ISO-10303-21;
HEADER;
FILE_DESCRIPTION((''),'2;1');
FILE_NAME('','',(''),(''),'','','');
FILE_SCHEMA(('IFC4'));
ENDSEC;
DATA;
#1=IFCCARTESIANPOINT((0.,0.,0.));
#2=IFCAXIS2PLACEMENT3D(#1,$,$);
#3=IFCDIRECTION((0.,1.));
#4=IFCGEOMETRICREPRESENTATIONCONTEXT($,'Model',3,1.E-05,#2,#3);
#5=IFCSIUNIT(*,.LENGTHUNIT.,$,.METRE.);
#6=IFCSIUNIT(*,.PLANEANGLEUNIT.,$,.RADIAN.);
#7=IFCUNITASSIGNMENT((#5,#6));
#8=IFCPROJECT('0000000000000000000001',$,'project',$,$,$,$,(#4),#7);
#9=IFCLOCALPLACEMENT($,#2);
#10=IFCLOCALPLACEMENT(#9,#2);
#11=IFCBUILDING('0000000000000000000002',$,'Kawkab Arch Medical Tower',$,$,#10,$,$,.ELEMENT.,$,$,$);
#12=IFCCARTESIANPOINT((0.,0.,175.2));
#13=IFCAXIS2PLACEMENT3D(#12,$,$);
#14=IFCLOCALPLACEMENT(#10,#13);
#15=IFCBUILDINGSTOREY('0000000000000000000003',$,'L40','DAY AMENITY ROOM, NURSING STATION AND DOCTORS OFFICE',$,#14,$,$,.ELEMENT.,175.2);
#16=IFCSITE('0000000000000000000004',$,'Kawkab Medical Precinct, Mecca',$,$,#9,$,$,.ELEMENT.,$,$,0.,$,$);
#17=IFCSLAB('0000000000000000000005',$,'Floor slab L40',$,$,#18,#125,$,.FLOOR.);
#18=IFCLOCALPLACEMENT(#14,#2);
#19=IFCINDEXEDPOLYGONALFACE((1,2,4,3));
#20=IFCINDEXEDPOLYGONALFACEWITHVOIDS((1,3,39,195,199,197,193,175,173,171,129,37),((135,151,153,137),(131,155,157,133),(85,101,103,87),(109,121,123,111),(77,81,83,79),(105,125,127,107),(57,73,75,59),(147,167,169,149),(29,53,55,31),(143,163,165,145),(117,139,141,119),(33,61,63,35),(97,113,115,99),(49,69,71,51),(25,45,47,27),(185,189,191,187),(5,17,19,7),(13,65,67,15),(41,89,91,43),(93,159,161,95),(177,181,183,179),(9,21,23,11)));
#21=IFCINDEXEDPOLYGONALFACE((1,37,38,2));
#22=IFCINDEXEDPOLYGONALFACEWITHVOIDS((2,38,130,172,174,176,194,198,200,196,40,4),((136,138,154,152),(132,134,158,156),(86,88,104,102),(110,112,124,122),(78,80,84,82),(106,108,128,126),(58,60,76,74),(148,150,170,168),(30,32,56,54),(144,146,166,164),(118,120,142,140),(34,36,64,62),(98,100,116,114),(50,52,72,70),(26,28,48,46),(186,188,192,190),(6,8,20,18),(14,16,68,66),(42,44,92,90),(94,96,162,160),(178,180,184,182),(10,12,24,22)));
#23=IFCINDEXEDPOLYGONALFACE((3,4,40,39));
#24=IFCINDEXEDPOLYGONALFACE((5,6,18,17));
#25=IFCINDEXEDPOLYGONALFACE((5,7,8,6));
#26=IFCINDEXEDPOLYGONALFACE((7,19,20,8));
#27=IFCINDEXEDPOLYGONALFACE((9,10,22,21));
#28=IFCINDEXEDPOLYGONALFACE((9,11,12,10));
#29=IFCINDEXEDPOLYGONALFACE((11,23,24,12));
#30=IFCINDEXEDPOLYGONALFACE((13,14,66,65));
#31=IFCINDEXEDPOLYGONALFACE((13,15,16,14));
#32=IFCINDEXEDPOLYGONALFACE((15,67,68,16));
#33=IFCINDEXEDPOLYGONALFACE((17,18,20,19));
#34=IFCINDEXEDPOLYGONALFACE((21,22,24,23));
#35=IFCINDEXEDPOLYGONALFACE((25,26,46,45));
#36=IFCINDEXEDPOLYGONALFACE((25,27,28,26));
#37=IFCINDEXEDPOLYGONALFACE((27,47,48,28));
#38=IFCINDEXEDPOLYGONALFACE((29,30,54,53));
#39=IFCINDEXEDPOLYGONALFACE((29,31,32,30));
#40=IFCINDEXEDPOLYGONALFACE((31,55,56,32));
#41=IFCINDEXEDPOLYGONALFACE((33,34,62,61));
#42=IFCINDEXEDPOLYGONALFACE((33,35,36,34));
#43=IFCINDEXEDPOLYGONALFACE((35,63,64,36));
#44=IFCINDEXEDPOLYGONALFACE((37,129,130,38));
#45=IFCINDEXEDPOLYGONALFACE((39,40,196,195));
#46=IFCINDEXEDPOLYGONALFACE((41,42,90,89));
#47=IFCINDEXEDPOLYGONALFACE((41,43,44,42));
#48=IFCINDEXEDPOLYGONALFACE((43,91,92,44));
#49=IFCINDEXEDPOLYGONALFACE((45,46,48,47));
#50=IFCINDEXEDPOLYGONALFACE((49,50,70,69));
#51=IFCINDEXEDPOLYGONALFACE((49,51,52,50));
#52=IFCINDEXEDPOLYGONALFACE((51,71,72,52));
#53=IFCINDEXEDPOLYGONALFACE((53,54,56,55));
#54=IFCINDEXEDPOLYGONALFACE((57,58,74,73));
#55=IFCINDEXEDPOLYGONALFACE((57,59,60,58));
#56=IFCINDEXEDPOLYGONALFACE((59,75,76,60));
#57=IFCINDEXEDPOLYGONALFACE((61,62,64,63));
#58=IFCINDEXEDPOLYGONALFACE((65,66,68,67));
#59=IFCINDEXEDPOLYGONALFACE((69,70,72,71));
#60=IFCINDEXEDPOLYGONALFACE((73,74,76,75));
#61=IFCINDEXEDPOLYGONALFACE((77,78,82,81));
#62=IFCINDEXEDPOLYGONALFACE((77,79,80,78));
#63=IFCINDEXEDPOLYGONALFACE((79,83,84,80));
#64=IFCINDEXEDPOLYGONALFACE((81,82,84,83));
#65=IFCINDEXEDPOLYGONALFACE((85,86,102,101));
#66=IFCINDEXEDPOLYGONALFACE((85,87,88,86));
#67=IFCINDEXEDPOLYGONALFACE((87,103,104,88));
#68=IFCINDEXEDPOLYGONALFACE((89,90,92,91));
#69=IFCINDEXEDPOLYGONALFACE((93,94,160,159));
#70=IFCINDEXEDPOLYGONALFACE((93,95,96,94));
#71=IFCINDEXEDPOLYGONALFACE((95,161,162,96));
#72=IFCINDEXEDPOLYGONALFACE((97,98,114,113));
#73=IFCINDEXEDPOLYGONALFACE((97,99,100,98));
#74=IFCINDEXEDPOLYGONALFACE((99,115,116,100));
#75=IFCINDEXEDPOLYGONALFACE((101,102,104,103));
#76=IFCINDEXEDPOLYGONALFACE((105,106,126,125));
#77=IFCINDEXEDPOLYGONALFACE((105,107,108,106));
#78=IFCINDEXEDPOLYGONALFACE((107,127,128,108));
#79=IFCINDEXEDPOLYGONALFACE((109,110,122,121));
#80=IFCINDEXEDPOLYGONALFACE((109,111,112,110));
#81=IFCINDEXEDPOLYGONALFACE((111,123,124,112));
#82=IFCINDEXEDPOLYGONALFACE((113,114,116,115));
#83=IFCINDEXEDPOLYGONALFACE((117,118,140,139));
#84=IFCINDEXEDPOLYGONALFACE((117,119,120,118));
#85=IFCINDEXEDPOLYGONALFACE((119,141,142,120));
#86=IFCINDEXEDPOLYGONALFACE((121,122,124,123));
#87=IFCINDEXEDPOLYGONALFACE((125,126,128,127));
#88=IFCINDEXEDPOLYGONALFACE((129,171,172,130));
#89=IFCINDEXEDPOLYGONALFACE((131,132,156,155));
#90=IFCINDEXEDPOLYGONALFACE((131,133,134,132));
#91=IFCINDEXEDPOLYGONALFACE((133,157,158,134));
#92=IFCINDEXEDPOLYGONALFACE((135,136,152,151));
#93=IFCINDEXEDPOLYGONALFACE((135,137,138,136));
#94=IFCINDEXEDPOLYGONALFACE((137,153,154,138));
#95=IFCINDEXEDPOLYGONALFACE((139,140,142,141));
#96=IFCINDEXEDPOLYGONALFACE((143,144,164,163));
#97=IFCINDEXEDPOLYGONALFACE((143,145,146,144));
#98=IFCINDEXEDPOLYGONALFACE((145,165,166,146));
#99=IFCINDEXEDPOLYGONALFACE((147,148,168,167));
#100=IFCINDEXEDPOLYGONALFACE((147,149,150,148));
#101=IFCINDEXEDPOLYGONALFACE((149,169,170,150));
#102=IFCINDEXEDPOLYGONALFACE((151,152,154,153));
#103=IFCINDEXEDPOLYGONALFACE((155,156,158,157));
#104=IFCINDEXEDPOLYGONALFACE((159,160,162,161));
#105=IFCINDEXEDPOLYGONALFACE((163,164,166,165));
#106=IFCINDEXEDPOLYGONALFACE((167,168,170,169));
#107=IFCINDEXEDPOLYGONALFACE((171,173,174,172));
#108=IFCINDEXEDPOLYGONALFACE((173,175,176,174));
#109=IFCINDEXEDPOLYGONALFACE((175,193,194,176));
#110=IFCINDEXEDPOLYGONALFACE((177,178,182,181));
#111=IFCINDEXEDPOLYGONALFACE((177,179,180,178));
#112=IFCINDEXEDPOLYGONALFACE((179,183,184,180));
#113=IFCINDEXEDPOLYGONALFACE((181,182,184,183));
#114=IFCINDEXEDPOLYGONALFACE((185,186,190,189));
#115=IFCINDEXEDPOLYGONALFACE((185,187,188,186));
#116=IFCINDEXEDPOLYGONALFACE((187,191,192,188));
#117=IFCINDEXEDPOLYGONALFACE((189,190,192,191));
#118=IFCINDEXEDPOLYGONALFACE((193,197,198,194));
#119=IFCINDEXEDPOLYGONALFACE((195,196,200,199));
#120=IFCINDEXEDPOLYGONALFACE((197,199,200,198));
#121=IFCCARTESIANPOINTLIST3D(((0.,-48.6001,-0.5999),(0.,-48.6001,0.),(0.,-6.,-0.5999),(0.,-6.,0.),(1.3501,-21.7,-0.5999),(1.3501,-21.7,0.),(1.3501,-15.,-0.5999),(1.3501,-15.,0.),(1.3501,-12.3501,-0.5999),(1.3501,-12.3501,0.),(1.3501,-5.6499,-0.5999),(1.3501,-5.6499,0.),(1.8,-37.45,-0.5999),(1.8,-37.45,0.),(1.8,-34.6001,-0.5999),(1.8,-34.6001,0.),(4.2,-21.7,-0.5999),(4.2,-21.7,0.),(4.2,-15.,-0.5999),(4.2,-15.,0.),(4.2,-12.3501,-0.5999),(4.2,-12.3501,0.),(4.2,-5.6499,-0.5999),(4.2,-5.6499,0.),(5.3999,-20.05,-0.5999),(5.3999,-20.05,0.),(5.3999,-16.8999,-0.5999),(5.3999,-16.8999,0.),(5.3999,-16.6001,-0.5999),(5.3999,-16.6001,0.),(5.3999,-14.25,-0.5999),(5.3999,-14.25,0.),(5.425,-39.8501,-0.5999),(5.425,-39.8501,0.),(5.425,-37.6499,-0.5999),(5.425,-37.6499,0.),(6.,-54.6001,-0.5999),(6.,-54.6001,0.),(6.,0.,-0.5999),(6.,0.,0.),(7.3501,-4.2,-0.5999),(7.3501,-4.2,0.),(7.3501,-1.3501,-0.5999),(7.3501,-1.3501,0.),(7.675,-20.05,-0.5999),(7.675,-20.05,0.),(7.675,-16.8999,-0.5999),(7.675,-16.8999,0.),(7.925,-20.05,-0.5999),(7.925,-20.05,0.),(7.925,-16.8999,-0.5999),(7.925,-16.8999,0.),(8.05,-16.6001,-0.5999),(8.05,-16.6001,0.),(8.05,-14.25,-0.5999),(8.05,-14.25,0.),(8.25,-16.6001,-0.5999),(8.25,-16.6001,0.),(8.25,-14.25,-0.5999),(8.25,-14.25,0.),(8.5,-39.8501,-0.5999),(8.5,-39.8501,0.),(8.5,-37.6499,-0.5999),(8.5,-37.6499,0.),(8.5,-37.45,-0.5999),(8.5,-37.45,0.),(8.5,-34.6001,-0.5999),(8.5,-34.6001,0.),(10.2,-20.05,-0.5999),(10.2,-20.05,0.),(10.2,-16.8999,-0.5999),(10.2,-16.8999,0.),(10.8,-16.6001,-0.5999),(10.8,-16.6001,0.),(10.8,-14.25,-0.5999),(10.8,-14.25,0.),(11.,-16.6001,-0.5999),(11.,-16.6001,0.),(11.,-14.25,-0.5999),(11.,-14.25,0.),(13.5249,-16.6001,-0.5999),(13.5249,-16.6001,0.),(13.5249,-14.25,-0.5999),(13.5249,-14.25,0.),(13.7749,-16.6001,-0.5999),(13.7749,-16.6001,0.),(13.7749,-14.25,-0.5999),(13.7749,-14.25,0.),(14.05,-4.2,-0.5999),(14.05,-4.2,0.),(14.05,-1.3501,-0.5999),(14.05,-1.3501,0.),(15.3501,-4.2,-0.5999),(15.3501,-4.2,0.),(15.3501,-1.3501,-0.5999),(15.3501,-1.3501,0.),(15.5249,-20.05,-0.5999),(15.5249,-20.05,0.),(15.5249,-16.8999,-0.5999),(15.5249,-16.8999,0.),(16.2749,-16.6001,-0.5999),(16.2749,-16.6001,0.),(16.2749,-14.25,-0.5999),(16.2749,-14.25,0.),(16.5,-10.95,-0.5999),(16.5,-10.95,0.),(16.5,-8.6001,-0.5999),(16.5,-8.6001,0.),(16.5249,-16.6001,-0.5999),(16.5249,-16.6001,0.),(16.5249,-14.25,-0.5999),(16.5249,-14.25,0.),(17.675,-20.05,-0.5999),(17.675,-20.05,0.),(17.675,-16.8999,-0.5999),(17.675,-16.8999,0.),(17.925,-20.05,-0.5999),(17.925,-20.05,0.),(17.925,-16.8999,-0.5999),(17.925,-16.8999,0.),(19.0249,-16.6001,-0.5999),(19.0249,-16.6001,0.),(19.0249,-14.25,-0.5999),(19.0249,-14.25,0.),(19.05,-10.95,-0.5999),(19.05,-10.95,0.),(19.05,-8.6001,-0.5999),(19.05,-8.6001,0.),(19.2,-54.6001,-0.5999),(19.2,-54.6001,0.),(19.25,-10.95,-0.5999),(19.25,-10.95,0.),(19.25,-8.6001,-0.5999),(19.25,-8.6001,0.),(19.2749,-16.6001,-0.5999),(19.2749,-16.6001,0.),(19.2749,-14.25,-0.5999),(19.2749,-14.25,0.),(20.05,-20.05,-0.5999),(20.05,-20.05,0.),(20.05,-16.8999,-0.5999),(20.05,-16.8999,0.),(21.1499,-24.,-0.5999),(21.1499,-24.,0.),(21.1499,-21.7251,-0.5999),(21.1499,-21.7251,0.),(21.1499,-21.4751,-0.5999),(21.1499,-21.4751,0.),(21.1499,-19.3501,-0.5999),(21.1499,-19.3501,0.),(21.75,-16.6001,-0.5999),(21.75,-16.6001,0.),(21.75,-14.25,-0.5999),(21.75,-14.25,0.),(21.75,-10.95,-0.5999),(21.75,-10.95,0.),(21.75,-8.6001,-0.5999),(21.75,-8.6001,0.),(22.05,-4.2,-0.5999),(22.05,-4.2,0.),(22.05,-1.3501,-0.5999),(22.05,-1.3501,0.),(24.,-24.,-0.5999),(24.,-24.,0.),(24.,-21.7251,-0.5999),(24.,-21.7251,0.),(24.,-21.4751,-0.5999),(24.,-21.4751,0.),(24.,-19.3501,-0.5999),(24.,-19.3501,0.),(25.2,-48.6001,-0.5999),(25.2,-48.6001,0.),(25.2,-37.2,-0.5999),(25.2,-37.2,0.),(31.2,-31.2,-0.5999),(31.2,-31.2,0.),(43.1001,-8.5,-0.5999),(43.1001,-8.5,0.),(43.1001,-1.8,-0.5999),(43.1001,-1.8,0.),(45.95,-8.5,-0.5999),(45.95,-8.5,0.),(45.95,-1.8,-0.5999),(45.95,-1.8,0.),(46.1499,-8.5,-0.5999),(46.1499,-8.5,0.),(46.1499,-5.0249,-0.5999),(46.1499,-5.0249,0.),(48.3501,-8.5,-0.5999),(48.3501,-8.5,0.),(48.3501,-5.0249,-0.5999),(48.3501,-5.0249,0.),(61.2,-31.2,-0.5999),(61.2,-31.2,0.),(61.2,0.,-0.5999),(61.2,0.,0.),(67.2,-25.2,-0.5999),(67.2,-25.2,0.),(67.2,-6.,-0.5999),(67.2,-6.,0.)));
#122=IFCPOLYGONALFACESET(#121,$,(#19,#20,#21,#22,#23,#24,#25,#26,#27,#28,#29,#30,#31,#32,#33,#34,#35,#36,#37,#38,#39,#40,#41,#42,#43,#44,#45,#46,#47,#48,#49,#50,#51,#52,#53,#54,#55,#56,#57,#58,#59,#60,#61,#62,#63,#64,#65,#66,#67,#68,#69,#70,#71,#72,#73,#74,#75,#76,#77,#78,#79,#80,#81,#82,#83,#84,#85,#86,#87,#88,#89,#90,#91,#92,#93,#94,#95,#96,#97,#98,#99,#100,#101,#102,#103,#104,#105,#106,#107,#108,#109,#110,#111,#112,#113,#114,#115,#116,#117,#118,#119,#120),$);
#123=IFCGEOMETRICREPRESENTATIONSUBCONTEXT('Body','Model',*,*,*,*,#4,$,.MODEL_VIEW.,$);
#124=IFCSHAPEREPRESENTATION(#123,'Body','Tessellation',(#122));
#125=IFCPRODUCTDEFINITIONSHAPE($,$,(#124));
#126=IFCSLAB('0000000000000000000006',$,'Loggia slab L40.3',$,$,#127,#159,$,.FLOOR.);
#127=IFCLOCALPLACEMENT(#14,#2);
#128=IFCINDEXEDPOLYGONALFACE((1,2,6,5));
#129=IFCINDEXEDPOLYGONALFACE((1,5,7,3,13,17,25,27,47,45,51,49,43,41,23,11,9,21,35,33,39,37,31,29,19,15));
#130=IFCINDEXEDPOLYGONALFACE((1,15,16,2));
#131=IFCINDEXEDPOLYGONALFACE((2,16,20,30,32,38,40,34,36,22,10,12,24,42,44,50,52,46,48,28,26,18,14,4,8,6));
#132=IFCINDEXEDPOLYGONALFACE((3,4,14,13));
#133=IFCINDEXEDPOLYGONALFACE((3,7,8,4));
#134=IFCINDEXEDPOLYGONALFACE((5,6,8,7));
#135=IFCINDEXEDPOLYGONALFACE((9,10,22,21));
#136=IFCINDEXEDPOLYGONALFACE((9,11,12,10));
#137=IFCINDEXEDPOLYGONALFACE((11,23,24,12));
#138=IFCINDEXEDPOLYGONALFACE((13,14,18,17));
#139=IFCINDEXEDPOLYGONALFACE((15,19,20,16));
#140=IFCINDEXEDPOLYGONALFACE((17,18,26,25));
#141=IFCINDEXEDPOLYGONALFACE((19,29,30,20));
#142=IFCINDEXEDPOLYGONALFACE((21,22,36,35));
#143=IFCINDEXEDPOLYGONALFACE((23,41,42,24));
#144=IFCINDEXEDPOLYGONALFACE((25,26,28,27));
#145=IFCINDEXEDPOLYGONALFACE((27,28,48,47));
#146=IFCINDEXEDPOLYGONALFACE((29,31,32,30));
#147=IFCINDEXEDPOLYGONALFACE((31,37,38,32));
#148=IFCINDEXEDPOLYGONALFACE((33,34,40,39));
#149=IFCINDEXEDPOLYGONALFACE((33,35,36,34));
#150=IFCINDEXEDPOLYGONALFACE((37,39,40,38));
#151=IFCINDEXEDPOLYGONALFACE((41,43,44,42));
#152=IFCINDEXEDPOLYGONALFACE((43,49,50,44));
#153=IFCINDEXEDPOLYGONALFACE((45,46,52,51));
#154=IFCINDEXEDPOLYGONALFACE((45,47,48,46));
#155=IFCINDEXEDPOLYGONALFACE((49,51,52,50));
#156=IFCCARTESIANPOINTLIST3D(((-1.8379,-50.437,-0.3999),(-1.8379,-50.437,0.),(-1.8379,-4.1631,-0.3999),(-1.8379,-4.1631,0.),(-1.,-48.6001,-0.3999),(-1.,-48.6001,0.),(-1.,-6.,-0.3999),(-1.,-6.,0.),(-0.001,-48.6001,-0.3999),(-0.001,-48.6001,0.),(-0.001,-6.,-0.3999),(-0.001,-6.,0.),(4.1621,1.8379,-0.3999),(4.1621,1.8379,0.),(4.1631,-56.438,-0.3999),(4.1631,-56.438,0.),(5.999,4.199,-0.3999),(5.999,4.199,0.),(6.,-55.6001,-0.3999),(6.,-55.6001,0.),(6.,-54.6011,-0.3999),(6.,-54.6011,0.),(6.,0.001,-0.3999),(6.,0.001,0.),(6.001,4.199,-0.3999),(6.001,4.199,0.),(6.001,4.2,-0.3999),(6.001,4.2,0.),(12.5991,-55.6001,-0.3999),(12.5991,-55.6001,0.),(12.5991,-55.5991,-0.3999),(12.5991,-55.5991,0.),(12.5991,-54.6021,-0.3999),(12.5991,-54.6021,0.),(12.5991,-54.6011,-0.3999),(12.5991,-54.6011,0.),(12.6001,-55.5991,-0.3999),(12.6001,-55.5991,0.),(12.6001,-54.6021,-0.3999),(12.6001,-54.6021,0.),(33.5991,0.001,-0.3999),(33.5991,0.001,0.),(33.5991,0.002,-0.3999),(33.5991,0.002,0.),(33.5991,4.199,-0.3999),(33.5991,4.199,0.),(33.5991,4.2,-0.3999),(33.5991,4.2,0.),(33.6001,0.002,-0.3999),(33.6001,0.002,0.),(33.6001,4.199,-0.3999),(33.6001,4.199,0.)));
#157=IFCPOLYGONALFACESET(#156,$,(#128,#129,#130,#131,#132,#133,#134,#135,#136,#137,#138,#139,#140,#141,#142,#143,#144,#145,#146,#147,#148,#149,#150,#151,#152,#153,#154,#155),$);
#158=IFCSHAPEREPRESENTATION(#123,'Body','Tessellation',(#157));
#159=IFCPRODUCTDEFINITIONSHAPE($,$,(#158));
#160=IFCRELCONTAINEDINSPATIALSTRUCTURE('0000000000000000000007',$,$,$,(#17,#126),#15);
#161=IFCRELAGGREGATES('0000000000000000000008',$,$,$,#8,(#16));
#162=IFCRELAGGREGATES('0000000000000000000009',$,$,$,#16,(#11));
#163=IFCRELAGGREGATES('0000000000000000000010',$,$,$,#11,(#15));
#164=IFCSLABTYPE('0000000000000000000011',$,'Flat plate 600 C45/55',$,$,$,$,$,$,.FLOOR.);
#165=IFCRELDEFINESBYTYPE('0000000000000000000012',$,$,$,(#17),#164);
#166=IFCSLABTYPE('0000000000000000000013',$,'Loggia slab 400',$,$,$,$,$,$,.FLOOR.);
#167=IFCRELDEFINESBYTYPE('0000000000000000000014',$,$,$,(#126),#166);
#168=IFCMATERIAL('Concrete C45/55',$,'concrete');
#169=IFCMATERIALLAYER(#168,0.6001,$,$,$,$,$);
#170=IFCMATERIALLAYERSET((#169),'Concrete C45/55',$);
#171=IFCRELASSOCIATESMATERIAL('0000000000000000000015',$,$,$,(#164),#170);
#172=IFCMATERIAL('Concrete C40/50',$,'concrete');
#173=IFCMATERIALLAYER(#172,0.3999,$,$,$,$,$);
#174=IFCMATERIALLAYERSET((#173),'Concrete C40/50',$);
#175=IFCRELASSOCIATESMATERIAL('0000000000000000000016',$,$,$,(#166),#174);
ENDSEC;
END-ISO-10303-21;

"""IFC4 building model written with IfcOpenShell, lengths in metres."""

from ifc_helpers import new_model, si_unit, direction, frame, origin, place, context, subcontext, project, spatial, polyline, outline, extrude, material, layer, layer_set, type_object, element, save


model = new_model("IFC4")

# Units and contexts
model_context = context("Model", 3, precision=1e-05, world=origin(), true_north=direction((0.0, 1.0)))
body_context = subcontext(model_context, "Body", "Model", "MODEL_VIEW")
ifc_project = project(units=[si_unit("LENGTHUNIT", "METRE"), si_unit("PLANEANGLEUNIT", "RADIAN")], contexts=[model_context])

# Site, building, storey
site_placement = place(None, origin())
site = spatial("IfcSite", under=ifc_project, at=site_placement, Name="Kawkab Medical Precinct, Mecca", CompositionType="ELEMENT", RefElevation=0.0)
building_placement = place(site_placement, origin())
building = spatial("IfcBuilding", under=site, at=building_placement, Name="Kawkab Arch Medical Tower", CompositionType="ELEMENT")
storey_placement = place(building_placement, frame((0.0, 0.0, 175.2)))
storey = spatial("IfcBuildingStorey", under=building, at=storey_placement, Name="L40", Description="DAY AMENITY ROOM, NURSING STATION AND DOCTORS OFFICE", CompositionType="ELEMENT", Elevation=175.2)

# Slabs
ifc_material_1 = material(Name="Concrete C45/55", Category="concrete")
ifc_layer_1 = layer(ifc_material_1, 0.6001)
ifc_layer_set_1 = layer_set([ifc_layer_1], Name="Concrete C45/55")
slab_type_1 = type_object("IfcSlabType", Name="Flat plate 600 C45/55", PredefinedType="FLOOR", material=ifc_layer_set_1)
slab_1_placement = place(storey_placement, frame((0.0, 0.0, -0.5999)))
element("IfcSlab", 1, at=slab_1_placement, inside=storey, type_object=slab_type_1, Name="Floor slab L40", PredefinedType="FLOOR", context=body_context, shape_type="SweptSolid", body=[
    extrude(outline(polyline([(6.0, 0.0), (61.2, 0.0), (67.2, -6.0), (67.2, -25.2), (61.2, -31.2), (31.2, -31.2), (25.2, -37.2), (25.2, -48.6001), (19.2, -54.6001), (6.0, -54.6001), (0.0, -48.6001), (0.0, -6.0), (6.0, 0.0)]), holes=[polyline([(5.425, -37.6499), (5.425, -39.8501), (8.5, -39.8501), (8.5, -37.6499), (5.425, -37.6499)]), polyline([(8.5, -37.45), (8.5, -34.6001), (1.8, -34.6001), (1.8, -37.45), (8.5, -37.45)]), polyline([(5.3999, -20.05), (7.675, -20.05), (7.675, -16.8999), (5.3999, -16.8999), (5.3999, -20.05)]), polyline([(10.2, -20.05), (10.2, -16.8999), (7.925, -16.8999), (7.925, -20.05), (10.2, -20.05)]), polyline([(4.2, -21.7), (4.2, -15.0), (1.3501, -15.0), (1.3501, -21.7), (4.2, -21.7)]), polyline([(5.3999, -16.6001), (8.05, -16.6001), (8.05, -14.25), (5.3999, -14.25), (5.3999, -16.6001)]), polyline([(8.25, -14.25), (8.25, -16.6001), (10.8, -16.6001), (10.8, -14.25), (8.25, -14.25)]), polyline([(11.0, -14.25), (11.0, -16.6001), (13.5249, -16.6001), (13.5249, -14.25), (11.0, -14.25)]), polyline([(16.2749, -14.25), (13.7749, -14.25), (13.7749, -16.6001), (16.2749, -16.6001), (16.2749, -14.25)]), polyline([(4.2, -12.3501), (4.2, -5.6499), (1.3501, -5.6499), (1.3501, -12.3501), (4.2, -12.3501)]), polyline([(7.3501, -4.2), (14.05, -4.2), (14.05, -1.3501), (7.3501, -1.3501), (7.3501, -4.2)]), polyline([(24.0, -21.7251), (21.1499, -21.7251), (21.1499, -24.0), (24.0, -24.0), (24.0, -21.7251)]), polyline([(24.0, -19.3501), (21.1499, -19.3501), (21.1499, -21.4751), (24.0, -21.4751), (24.0, -19.3501)]), polyline([(17.675, -16.8999), (15.5249, -16.8999), (15.5249, -20.05), (17.675, -20.05), (17.675, -16.8999)]), polyline([(20.05, -16.8999), (17.925, -16.8999), (17.925, -20.05), (20.05, -20.05), (20.05, -16.8999)]), polyline([(16.5249, -16.6001), (19.0249, -16.6001), (19.0249, -14.25), (16.5249, -14.25), (16.5249, -16.6001)]), polyline([(21.75, -16.6001), (21.75, -14.25), (19.2749, -14.25), (19.2749, -16.6001), (21.75, -16.6001)]), polyline([(19.05, -10.95), (19.05, -8.6001), (16.5, -8.6001), (16.5, -10.95), (19.05, -10.95)]), polyline([(21.75, -10.95), (21.75, -8.6001), (19.25, -8.6001), (19.25, -10.95), (21.75, -10.95)]), polyline([(46.1499, -8.5), (48.3501, -8.5), (48.3501, -5.0249), (46.1499, -5.0249), (46.1499, -8.5)]), polyline([(43.1001, -1.8), (43.1001, -8.5), (45.95, -8.5), (45.95, -1.8), (43.1001, -1.8)]), polyline([(22.05, -1.3501), (15.3501, -1.3501), (15.3501, -4.2), (22.05, -4.2), (22.05, -1.3501)])]), origin(), (0.0, 0.0, 1.0), 0.5999),
])
ifc_material_2 = material(Name="Concrete C40/50", Category="concrete")
ifc_layer_2 = layer(ifc_material_2, 0.3999)
ifc_layer_set_2 = layer_set([ifc_layer_2], Name="Concrete C40/50")
slab_type_2 = type_object("IfcSlabType", Name="Loggia slab 400", PredefinedType="FLOOR", material=ifc_layer_set_2)
placement_1 = place(storey_placement, frame((0.0, 0.0, -0.3999)))
element("IfcSlab", 2, at=placement_1, inside=storey, type_object=slab_type_2, Name="Loggia slab L40.3", PredefinedType="FLOOR", context=body_context, shape_type="SweptSolid", body=[
    extrude(outline(polyline([(-1.8379, -50.437), (-1.0, -48.6001), (-1.0, -6.0), (-1.8379, -4.1631), (4.1621, 1.8379), (5.999, 4.199), (6.001, 4.199), (6.001, 4.2), (33.5991, 4.2), (33.5991, 4.199), (33.6001, 4.199), (33.6001, 0.002), (33.5991, 0.002), (33.5991, 0.001), (6.0, 0.001), (-0.001, -6.0), (-0.001, -48.6001), (6.0, -54.6011), (12.5991, -54.6011), (12.5991, -54.6021), (12.6001, -54.6021), (12.6001, -55.5991), (12.5991, -55.5991), (12.5991, -55.6001), (6.0, -55.6001), (4.1631, -56.438), (-1.8379, -50.437)])), origin(), (0.0, 0.0, 1.0), 0.3999),
])

save(model, "model.ifc")
